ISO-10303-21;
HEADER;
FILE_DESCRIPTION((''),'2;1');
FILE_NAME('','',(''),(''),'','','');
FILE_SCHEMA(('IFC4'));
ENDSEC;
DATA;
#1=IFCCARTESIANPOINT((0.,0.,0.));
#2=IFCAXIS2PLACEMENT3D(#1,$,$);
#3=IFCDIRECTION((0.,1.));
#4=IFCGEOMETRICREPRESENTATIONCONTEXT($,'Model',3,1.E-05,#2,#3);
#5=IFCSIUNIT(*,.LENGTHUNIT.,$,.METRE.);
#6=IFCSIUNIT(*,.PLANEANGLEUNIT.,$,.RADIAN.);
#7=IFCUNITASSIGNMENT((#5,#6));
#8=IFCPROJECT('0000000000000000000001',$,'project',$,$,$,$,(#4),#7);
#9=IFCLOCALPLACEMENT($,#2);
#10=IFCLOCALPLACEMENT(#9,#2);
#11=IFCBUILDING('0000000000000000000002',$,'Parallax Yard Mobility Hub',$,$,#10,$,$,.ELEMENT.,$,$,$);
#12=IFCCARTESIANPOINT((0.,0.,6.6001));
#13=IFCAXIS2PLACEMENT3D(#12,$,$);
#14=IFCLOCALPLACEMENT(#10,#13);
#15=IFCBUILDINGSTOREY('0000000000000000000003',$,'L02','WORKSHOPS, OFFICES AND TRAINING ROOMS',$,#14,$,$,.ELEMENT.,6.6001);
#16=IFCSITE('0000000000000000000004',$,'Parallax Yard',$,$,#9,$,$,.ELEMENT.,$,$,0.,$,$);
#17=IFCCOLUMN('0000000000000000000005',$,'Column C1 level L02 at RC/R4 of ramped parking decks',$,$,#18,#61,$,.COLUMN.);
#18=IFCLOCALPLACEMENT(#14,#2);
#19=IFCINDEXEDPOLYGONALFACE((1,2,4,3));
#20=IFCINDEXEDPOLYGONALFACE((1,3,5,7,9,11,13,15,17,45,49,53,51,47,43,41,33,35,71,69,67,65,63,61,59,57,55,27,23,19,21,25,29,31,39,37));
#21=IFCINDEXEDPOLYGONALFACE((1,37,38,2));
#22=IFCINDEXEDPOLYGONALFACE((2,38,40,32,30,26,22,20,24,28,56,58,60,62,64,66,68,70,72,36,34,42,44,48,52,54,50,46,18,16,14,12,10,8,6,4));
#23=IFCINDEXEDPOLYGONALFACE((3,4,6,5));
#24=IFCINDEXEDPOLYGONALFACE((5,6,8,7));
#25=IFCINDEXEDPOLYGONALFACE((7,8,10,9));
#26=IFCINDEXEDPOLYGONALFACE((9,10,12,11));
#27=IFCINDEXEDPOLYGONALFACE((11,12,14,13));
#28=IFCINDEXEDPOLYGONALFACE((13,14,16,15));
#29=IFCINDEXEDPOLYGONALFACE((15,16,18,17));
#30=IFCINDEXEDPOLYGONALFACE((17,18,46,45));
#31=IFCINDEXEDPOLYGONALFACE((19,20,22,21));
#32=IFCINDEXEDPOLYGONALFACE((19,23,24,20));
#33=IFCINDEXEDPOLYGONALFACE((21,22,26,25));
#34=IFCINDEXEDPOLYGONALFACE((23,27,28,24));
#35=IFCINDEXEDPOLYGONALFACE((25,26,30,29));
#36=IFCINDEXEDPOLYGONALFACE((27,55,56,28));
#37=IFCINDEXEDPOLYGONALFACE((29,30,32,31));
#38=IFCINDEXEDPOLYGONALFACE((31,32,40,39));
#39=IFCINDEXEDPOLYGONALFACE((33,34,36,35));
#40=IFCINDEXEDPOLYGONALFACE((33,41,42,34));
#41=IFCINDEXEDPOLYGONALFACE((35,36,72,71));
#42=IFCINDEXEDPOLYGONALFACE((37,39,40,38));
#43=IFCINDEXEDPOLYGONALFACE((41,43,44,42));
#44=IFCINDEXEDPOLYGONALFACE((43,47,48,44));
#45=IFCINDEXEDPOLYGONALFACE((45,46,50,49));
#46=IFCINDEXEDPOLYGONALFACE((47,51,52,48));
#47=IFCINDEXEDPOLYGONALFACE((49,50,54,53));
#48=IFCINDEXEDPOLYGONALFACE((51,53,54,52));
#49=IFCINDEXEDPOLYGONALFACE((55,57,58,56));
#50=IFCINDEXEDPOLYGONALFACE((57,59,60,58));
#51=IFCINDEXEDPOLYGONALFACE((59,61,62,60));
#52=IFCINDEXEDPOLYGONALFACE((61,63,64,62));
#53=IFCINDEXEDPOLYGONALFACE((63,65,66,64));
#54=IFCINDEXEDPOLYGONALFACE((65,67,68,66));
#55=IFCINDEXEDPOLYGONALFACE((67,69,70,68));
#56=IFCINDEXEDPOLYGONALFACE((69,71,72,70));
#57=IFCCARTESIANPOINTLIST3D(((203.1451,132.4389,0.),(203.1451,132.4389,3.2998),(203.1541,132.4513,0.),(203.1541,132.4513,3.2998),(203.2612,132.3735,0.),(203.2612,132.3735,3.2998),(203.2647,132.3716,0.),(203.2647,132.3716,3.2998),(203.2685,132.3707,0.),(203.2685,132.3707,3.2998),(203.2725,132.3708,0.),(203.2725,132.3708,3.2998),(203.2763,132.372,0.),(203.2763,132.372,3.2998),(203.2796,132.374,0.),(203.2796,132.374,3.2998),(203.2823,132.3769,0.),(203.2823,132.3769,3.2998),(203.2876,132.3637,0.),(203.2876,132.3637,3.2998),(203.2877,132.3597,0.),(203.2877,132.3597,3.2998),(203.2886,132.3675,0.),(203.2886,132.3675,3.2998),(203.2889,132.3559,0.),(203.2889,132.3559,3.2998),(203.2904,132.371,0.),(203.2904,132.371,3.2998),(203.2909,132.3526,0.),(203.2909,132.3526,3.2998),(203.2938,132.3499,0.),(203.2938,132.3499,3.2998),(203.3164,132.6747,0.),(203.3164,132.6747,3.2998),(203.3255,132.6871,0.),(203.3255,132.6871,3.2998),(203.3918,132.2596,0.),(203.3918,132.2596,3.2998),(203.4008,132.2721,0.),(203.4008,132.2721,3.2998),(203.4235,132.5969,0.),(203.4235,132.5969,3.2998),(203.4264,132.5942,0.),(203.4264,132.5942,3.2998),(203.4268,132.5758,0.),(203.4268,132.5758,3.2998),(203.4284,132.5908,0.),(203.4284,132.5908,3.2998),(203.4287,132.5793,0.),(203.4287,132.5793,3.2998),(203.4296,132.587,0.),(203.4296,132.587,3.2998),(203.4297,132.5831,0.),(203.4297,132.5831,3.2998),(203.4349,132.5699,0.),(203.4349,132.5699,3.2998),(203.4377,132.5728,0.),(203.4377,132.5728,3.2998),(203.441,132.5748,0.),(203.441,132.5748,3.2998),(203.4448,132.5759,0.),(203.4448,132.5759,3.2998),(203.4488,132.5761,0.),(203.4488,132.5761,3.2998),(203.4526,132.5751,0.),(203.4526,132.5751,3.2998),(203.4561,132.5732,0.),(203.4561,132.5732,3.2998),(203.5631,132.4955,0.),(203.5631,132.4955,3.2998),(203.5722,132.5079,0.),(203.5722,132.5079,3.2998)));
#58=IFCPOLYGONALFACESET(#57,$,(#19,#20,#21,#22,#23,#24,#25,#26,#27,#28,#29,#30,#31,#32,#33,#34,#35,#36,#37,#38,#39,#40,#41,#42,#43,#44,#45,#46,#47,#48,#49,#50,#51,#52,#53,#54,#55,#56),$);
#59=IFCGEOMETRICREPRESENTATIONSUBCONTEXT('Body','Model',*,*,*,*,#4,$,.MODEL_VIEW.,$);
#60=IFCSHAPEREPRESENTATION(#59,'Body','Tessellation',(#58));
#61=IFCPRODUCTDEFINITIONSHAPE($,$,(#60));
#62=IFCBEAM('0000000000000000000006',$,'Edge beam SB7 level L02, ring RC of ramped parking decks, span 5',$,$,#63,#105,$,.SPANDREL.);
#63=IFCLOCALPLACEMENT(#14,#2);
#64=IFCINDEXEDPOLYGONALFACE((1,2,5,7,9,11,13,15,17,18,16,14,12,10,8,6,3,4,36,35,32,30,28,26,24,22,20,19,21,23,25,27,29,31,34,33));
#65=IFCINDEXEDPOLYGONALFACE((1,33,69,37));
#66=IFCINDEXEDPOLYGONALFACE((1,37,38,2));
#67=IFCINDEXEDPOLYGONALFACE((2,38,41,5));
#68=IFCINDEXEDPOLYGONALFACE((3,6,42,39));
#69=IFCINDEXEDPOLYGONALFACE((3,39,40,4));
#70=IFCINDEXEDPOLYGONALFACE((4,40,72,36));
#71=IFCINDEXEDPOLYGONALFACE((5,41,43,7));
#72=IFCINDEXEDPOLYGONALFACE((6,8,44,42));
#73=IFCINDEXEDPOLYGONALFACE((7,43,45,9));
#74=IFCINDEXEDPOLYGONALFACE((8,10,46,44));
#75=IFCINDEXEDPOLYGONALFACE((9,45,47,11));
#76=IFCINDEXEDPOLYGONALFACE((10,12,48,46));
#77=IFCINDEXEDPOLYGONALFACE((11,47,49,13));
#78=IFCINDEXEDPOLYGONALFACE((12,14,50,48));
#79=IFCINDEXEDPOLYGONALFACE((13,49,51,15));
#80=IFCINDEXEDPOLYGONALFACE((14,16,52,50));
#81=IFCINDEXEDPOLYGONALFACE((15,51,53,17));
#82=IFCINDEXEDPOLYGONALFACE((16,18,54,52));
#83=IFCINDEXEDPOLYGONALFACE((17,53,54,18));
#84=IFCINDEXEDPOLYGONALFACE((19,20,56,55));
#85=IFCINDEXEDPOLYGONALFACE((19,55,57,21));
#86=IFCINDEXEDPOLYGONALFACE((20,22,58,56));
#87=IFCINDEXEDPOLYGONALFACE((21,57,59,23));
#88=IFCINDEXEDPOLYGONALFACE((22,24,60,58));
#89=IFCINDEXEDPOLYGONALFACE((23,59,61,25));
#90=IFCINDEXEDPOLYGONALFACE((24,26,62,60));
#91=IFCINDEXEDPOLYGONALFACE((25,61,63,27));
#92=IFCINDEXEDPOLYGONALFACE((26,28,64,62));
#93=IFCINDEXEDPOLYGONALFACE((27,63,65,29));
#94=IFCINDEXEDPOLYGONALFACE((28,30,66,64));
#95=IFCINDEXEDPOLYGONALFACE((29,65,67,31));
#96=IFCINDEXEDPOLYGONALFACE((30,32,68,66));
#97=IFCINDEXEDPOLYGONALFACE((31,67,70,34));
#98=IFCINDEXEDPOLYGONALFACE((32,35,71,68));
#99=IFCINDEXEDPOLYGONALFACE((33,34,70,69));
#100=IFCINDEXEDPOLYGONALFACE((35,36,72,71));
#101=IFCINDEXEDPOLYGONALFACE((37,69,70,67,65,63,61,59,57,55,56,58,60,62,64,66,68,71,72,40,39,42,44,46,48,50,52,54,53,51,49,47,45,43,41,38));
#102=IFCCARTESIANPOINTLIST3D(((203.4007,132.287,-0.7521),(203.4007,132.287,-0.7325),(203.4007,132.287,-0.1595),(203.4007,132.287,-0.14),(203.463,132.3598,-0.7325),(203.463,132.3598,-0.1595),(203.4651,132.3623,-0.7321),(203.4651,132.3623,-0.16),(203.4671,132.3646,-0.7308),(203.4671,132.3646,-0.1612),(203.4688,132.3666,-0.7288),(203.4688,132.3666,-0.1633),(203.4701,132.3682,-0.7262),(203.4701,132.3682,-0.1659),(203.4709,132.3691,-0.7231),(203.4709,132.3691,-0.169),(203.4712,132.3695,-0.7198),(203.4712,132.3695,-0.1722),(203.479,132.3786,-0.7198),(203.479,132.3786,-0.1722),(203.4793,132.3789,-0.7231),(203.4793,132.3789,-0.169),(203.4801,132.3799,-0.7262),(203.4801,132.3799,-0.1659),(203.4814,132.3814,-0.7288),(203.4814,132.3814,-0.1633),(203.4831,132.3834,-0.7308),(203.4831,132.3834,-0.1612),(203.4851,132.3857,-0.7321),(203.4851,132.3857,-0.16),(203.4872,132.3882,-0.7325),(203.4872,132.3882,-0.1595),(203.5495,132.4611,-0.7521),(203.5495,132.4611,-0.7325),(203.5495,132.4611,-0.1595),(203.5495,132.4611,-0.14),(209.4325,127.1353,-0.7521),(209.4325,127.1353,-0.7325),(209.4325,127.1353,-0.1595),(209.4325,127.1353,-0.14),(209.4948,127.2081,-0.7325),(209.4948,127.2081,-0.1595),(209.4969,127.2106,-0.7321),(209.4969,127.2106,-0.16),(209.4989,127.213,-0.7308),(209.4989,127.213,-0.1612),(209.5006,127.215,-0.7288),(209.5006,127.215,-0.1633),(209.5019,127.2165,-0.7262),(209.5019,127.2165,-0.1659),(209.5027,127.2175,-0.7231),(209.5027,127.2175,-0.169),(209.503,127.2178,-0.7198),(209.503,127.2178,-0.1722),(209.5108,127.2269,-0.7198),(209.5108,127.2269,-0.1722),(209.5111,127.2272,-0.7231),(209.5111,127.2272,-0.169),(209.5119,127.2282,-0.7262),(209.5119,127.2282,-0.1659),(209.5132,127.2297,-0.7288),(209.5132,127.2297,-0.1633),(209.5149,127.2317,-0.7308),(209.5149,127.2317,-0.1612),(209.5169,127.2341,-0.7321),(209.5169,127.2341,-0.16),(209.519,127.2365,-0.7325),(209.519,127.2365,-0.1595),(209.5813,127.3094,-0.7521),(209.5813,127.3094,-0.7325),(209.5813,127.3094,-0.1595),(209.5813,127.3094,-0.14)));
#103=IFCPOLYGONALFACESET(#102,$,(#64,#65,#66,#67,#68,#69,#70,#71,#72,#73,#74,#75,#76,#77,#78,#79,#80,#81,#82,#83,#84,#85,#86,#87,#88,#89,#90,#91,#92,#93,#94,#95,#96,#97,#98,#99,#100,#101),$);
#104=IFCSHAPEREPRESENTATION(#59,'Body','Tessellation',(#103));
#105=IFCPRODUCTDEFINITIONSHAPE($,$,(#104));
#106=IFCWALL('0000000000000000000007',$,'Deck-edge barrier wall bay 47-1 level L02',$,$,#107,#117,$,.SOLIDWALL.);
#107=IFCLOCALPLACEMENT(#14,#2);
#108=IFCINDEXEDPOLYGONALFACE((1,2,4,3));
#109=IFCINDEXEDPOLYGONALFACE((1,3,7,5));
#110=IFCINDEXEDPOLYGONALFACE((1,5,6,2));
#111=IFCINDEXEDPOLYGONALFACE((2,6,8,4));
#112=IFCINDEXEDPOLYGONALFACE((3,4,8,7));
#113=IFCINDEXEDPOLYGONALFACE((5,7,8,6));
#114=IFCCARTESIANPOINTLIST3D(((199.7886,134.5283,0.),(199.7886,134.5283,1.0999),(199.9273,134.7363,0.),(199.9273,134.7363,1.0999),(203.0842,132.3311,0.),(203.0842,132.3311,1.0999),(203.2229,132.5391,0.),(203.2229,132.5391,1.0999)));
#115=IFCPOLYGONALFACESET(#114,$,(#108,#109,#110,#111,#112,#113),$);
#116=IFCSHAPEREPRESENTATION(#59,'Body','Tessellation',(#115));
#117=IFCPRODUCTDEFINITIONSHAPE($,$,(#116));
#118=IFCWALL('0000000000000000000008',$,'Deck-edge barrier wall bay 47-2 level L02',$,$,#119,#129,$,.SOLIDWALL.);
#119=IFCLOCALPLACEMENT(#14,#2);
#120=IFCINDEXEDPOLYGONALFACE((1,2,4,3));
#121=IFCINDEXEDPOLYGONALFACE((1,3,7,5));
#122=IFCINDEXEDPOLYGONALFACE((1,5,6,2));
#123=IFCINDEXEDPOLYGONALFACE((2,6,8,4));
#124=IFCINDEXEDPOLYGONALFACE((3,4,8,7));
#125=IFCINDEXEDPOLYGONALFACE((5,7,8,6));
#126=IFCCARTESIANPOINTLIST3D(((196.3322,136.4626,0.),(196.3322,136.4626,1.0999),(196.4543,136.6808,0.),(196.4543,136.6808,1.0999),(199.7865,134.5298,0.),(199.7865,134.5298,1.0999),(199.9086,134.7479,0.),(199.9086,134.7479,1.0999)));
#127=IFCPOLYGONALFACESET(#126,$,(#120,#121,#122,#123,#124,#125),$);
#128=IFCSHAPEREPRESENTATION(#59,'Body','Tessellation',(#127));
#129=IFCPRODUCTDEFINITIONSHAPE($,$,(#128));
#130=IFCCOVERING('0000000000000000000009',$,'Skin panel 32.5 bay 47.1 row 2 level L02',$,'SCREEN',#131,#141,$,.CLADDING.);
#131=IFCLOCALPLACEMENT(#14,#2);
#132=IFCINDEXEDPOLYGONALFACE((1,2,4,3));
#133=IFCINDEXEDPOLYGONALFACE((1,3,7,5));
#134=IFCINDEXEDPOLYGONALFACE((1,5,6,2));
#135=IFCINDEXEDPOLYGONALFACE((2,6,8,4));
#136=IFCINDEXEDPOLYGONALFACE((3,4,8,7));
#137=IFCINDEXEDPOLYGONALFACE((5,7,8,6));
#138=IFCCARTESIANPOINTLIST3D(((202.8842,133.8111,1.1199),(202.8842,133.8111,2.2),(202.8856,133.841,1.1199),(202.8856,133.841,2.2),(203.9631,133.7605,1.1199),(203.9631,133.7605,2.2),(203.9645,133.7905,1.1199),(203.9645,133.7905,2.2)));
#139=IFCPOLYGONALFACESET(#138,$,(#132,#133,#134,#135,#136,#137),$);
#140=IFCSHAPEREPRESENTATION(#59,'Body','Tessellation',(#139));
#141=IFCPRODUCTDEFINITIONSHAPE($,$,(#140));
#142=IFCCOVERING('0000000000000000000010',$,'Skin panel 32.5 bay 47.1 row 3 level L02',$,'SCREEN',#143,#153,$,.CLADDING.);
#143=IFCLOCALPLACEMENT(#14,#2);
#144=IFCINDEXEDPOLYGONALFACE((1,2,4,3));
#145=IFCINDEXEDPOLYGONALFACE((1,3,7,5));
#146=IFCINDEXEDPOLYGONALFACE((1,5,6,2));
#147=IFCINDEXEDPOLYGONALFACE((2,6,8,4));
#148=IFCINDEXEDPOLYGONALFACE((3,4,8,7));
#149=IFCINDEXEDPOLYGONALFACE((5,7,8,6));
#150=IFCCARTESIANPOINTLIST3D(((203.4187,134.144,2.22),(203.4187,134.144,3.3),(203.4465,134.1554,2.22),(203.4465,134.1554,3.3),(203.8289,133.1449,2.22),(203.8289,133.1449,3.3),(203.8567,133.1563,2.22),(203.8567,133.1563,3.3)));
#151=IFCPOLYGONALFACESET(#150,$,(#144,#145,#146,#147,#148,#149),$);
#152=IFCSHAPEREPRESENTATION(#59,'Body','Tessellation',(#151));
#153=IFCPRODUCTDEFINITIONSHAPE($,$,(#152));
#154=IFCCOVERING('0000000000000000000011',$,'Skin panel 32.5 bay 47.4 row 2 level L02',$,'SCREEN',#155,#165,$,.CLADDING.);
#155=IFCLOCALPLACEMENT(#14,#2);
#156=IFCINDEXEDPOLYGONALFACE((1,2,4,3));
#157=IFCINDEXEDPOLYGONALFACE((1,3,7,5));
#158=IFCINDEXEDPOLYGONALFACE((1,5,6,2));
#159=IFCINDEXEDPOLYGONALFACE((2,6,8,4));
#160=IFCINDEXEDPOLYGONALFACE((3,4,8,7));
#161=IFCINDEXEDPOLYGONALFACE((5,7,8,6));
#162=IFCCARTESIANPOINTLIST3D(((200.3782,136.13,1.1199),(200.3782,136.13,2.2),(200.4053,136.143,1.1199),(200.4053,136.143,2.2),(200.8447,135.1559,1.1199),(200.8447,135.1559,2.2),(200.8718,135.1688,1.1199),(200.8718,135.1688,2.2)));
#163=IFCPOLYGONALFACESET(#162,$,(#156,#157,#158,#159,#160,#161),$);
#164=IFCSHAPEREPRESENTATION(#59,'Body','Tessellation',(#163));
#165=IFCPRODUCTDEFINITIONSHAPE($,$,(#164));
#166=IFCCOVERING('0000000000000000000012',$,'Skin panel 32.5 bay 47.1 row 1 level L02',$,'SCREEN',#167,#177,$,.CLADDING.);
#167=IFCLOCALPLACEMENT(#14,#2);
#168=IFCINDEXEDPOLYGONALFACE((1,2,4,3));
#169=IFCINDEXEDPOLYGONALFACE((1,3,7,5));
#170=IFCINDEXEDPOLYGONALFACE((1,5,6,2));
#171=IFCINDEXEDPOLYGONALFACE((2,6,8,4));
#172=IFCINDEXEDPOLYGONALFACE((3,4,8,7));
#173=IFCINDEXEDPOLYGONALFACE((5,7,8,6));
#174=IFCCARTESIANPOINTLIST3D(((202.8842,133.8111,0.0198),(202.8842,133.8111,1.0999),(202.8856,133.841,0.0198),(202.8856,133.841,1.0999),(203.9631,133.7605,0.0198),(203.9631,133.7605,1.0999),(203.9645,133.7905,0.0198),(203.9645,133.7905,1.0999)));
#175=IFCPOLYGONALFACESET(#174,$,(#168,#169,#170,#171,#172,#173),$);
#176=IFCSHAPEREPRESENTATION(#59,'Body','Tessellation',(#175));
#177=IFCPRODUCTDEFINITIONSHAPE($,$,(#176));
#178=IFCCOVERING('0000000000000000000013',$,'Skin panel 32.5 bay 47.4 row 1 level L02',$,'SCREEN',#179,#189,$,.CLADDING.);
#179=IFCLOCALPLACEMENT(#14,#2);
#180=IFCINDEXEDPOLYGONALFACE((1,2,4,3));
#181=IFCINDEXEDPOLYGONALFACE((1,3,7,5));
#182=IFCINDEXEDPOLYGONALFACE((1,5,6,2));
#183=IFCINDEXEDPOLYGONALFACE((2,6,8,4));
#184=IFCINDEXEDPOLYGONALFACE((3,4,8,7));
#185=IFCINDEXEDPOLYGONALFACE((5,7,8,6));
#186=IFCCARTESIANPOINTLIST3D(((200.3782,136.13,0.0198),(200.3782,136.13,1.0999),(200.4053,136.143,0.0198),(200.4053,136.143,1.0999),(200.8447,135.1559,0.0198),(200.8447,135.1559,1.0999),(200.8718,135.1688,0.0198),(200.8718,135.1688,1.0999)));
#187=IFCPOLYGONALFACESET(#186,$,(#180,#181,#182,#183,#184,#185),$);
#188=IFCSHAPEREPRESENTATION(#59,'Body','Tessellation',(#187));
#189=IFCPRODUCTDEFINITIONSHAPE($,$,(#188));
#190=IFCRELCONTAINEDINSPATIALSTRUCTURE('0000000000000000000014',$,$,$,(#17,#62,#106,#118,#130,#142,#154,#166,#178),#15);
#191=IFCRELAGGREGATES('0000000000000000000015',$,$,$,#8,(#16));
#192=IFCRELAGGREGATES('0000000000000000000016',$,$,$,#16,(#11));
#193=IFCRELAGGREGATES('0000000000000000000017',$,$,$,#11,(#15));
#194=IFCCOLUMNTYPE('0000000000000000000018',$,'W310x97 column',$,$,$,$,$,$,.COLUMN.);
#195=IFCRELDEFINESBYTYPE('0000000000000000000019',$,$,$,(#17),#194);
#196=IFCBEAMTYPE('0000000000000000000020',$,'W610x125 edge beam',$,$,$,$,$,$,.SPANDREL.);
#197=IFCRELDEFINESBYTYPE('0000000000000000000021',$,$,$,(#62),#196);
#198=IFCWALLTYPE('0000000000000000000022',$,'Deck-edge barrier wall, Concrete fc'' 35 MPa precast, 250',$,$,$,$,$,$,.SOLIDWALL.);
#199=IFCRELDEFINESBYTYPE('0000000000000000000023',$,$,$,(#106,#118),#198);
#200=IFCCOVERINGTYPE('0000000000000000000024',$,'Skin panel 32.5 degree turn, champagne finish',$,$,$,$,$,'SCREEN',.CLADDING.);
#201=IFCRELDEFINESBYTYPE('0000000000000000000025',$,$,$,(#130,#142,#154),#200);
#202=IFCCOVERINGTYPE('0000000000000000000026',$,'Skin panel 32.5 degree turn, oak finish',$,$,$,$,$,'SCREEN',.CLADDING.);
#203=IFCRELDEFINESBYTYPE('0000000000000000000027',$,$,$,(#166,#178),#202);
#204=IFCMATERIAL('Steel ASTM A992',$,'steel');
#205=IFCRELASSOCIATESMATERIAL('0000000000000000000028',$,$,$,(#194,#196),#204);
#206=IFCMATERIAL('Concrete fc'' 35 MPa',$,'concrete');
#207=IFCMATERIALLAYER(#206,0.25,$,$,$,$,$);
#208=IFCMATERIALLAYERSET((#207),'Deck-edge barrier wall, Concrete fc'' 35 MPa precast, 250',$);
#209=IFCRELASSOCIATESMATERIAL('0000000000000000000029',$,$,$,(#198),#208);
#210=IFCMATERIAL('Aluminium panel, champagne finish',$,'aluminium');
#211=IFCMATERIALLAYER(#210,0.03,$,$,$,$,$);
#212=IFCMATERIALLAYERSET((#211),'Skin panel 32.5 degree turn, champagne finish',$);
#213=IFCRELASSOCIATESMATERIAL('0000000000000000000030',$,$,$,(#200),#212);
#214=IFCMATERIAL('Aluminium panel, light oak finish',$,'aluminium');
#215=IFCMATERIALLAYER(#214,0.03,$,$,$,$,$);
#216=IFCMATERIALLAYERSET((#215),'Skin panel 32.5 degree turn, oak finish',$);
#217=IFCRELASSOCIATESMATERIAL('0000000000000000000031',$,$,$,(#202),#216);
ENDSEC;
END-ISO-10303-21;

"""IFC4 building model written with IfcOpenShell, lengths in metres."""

from ifc_helpers import new_model, si_unit, direction, frame, frame_2d, origin, origin_2d, place, context, subcontext, project, spatial, rectangle, i_section, extrude, material, layer, layer_set, material_profile, profile_set, type_object, element, save


model = new_model("IFC4")

# Units and contexts
model_context = context("Model", 3, precision=1e-05, world=origin(), true_north=direction((0.0, 1.0)))
body_context = subcontext(model_context, "Body", "Model", "MODEL_VIEW")
ifc_project = project(units=[si_unit("LENGTHUNIT", "METRE"), si_unit("PLANEANGLEUNIT", "RADIAN")], contexts=[model_context])

# Site, building, storey
site_placement = place(None, origin())
site = spatial("IfcSite", under=ifc_project, at=site_placement, Name="Parallax Yard", CompositionType="ELEMENT", RefElevation=0.0)
building_placement = place(site_placement, origin())
building = spatial("IfcBuilding", under=site, at=building_placement, Name="Parallax Yard Mobility Hub", CompositionType="ELEMENT")
storey_placement = place(building_placement, frame((0.0, 0.0, 6.6001)))
storey = spatial("IfcBuildingStorey", under=building, at=storey_placement, Name="L02", Description="WORKSHOPS, OFFICES AND TRAINING ROOMS", CompositionType="ELEMENT", Elevation=6.6001)

# Column
ifc_material_1 = material(Name="Steel ASTM A992", Category="steel")
ifc_material_profile_1 = material_profile(ifc_material_1, i_section(OverallWidth=0.3049, OverallDepth=0.3069, WebThickness=0.01, FlangeThickness=0.0154, FilletRadius=0.0151, at=origin_2d()), Name="W310x97")
ifc_profile_set_1 = profile_set([ifc_material_profile_1], Name="Steel ASTM A992")
column_type = type_object("IfcColumnType", Name="W310x97 column", PredefinedType="COLUMN", material=ifc_profile_set_1)
column_placement = place(storey_placement, frame((203.3586, 132.4734, 0.0), z_axis=(0.0, 0.0, 1.0), x_axis=(-0.809017, 0.587785, 0.0)))
element("IfcColumn", 1, at=column_placement, inside=storey, type_object=column_type, Name="Column C1 level L02 at RC/R4 of ramped parking decks", PredefinedType="COLUMN", context=body_context, shape_type="SweptSolid", body=[
    extrude(i_section(OverallWidth=0.3049, OverallDepth=0.3069, WebThickness=0.01, FlangeThickness=0.0154, FilletRadius=0.0151, at=origin_2d()), origin(), (0.0, 0.0, 1.0), 3.2998),
])

# Beam
ifc_material_profile_2 = material_profile(ifc_material_1, i_section(OverallWidth=0.229, OverallDepth=0.6121, WebThickness=0.012, FlangeThickness=0.0195, FilletRadius=0.0127, at=origin_2d()), Name="W610x125")
ifc_profile_set_2 = profile_set([ifc_material_profile_2], Name="Steel ASTM A992")
beam_type = type_object("IfcBeamType", Name="W610x125 edge beam", PredefinedType="SPANDREL", material=ifc_profile_set_2)
beam_placement = place(storey_placement, frame((203.4751, 132.374, -0.446), z_axis=(0.760405, -0.64945, 0.0), x_axis=(0.64945, 0.760405, 0.0)))
element("IfcBeam", 2, at=beam_placement, inside=storey, type_object=beam_type, Name="Edge beam SB7 level L02, ring RC of ramped parking decks, span 5", PredefinedType="SPANDREL", context=body_context, shape_type="SweptSolid", body=[
    extrude(i_section(OverallWidth=0.229, OverallDepth=0.6121, WebThickness=0.012, FlangeThickness=0.0195, FilletRadius=0.0127, at=origin_2d()), origin(), (0.0, 0.0, 1.0), 7.9324),
])

# Walls
ifc_material_2 = material(Name="Concrete fc' 35 MPa", Category="concrete")
ifc_layer_1 = layer(ifc_material_2, 0.25)
ifc_layer_set_1 = layer_set([ifc_layer_1], Name="Deck-edge barrier wall, Concrete fc' 35 MPa precast, 250")
wall_type = type_object("IfcWallType", Name="Deck-edge barrier wall, Concrete fc' 35 MPa precast, 250", PredefinedType="SOLIDWALL", material=ifc_layer_set_1)
wall_1_placement = place(storey_placement, frame((203.1536, 132.4351, 0.0), z_axis=(0.0, 0.0, 1.0), x_axis=(-0.832031, 0.554729, 0.0)))
element("IfcWall", 3, at=wall_1_placement, inside=storey, type_object=wall_type, Name="Deck-edge barrier wall bay 47-1 level L02", PredefinedType="SOLIDWALL", context=body_context, shape_type="SweptSolid", body=[
    extrude(rectangle(XDim=3.9609, YDim=0.25, at=frame_2d((1.9805, 0.0))), origin(), (0.0, 0.0, 1.0), 1.0999),
])
wall_2_placement = place(storey_placement, frame((199.8474, 134.6389, 0.0), z_axis=(0.0, 0.0, 1.0), x_axis=(-0.872675, 0.488301, 0.0)))
element("IfcWall", 4, at=wall_2_placement, inside=storey, type_object=wall_type, Name="Deck-edge barrier wall bay 47-2 level L02", PredefinedType="SOLIDWALL", context=body_context, shape_type="SweptSolid", body=[
    extrude(rectangle(XDim=3.9583, YDim=0.25, at=frame_2d((1.979, 0.0))), origin(), (0.0, 0.0, 1.0), 1.0999),
])

# Coverings
ifc_material_3 = material(Name="Aluminium panel, champagne finish", Category="aluminium")
ifc_layer_2 = layer(ifc_material_3, 0.03)
ifc_layer_set_2 = layer_set([ifc_layer_2], Name="Skin panel 32.5 degree turn, champagne finish")
covering_type_1 = type_object("IfcCoveringType", Name="Skin panel 32.5 degree turn, champagne finish", ElementType="SCREEN", PredefinedType="CLADDING", material=ifc_layer_set_2)
for number, where, z_axis, x_axis, name in (
    (5, (203.4243, 133.8008, 1.1199), (0.0, 0.0, 1.0), (0.998905, -0.046789, 0.0), "Skin panel 32.5 bay 47.1 row 2 level L02"),
    (6, (203.6377, 133.6501, 2.22), (0.0, 0.0, 1.0), (-0.37975, 0.925089, 0.0), "Skin panel 32.5 bay 47.1 row 3 level L02"),
    (7, (200.625, 135.6494, 1.1199), (0.0, 0.0, 1.0), (-0.431943, 0.901901, 0.0), "Skin panel 32.5 bay 47.4 row 2 level L02"),
):
    element("IfcCovering", number, at=place(storey_placement, frame(where, z_axis=z_axis, x_axis=x_axis)), inside=storey, type_object=covering_type_1, Name=name, ObjectType="SCREEN", PredefinedType="CLADDING", context=body_context, shape_type="SweptSolid", body=[
        extrude(rectangle(XDim=1.0801, YDim=0.03, at=origin_2d()), origin(), (0.0, 0.0, 1.0), 1.0801),
    ])
ifc_material_4 = material(Name="Aluminium panel, light oak finish", Category="aluminium")
ifc_layer_3 = layer(ifc_material_4, 0.03)
ifc_layer_set_3 = layer_set([ifc_layer_3], Name="Skin panel 32.5 degree turn, oak finish")
covering_type_2 = type_object("IfcCoveringType", Name="Skin panel 32.5 degree turn, oak finish", ElementType="SCREEN", PredefinedType="CLADDING", material=ifc_layer_set_3)
for number, where, z_axis, x_axis, name in (
    (8, (203.4243, 133.8008, 0.0198), (0.0, 0.0, 1.0), (0.998905, -0.046789, 0.0), "Skin panel 32.5 bay 47.1 row 1 level L02"),
    (9, (200.625, 135.6494, 0.0198), (0.0, 0.0, 1.0), (-0.431943, 0.901901, 0.0), "Skin panel 32.5 bay 47.4 row 1 level L02"),
):
    element("IfcCovering", number, at=place(storey_placement, frame(where, z_axis=z_axis, x_axis=x_axis)), inside=storey, type_object=covering_type_2, Name=name, ObjectType="SCREEN", PredefinedType="CLADDING", context=body_context, shape_type="SweptSolid", body=[
        extrude(rectangle(XDim=1.0801, YDim=0.03, at=origin_2d()), origin(), (0.0, 0.0, 1.0), 1.0801),
    ])

save(model, "model.ifc")
